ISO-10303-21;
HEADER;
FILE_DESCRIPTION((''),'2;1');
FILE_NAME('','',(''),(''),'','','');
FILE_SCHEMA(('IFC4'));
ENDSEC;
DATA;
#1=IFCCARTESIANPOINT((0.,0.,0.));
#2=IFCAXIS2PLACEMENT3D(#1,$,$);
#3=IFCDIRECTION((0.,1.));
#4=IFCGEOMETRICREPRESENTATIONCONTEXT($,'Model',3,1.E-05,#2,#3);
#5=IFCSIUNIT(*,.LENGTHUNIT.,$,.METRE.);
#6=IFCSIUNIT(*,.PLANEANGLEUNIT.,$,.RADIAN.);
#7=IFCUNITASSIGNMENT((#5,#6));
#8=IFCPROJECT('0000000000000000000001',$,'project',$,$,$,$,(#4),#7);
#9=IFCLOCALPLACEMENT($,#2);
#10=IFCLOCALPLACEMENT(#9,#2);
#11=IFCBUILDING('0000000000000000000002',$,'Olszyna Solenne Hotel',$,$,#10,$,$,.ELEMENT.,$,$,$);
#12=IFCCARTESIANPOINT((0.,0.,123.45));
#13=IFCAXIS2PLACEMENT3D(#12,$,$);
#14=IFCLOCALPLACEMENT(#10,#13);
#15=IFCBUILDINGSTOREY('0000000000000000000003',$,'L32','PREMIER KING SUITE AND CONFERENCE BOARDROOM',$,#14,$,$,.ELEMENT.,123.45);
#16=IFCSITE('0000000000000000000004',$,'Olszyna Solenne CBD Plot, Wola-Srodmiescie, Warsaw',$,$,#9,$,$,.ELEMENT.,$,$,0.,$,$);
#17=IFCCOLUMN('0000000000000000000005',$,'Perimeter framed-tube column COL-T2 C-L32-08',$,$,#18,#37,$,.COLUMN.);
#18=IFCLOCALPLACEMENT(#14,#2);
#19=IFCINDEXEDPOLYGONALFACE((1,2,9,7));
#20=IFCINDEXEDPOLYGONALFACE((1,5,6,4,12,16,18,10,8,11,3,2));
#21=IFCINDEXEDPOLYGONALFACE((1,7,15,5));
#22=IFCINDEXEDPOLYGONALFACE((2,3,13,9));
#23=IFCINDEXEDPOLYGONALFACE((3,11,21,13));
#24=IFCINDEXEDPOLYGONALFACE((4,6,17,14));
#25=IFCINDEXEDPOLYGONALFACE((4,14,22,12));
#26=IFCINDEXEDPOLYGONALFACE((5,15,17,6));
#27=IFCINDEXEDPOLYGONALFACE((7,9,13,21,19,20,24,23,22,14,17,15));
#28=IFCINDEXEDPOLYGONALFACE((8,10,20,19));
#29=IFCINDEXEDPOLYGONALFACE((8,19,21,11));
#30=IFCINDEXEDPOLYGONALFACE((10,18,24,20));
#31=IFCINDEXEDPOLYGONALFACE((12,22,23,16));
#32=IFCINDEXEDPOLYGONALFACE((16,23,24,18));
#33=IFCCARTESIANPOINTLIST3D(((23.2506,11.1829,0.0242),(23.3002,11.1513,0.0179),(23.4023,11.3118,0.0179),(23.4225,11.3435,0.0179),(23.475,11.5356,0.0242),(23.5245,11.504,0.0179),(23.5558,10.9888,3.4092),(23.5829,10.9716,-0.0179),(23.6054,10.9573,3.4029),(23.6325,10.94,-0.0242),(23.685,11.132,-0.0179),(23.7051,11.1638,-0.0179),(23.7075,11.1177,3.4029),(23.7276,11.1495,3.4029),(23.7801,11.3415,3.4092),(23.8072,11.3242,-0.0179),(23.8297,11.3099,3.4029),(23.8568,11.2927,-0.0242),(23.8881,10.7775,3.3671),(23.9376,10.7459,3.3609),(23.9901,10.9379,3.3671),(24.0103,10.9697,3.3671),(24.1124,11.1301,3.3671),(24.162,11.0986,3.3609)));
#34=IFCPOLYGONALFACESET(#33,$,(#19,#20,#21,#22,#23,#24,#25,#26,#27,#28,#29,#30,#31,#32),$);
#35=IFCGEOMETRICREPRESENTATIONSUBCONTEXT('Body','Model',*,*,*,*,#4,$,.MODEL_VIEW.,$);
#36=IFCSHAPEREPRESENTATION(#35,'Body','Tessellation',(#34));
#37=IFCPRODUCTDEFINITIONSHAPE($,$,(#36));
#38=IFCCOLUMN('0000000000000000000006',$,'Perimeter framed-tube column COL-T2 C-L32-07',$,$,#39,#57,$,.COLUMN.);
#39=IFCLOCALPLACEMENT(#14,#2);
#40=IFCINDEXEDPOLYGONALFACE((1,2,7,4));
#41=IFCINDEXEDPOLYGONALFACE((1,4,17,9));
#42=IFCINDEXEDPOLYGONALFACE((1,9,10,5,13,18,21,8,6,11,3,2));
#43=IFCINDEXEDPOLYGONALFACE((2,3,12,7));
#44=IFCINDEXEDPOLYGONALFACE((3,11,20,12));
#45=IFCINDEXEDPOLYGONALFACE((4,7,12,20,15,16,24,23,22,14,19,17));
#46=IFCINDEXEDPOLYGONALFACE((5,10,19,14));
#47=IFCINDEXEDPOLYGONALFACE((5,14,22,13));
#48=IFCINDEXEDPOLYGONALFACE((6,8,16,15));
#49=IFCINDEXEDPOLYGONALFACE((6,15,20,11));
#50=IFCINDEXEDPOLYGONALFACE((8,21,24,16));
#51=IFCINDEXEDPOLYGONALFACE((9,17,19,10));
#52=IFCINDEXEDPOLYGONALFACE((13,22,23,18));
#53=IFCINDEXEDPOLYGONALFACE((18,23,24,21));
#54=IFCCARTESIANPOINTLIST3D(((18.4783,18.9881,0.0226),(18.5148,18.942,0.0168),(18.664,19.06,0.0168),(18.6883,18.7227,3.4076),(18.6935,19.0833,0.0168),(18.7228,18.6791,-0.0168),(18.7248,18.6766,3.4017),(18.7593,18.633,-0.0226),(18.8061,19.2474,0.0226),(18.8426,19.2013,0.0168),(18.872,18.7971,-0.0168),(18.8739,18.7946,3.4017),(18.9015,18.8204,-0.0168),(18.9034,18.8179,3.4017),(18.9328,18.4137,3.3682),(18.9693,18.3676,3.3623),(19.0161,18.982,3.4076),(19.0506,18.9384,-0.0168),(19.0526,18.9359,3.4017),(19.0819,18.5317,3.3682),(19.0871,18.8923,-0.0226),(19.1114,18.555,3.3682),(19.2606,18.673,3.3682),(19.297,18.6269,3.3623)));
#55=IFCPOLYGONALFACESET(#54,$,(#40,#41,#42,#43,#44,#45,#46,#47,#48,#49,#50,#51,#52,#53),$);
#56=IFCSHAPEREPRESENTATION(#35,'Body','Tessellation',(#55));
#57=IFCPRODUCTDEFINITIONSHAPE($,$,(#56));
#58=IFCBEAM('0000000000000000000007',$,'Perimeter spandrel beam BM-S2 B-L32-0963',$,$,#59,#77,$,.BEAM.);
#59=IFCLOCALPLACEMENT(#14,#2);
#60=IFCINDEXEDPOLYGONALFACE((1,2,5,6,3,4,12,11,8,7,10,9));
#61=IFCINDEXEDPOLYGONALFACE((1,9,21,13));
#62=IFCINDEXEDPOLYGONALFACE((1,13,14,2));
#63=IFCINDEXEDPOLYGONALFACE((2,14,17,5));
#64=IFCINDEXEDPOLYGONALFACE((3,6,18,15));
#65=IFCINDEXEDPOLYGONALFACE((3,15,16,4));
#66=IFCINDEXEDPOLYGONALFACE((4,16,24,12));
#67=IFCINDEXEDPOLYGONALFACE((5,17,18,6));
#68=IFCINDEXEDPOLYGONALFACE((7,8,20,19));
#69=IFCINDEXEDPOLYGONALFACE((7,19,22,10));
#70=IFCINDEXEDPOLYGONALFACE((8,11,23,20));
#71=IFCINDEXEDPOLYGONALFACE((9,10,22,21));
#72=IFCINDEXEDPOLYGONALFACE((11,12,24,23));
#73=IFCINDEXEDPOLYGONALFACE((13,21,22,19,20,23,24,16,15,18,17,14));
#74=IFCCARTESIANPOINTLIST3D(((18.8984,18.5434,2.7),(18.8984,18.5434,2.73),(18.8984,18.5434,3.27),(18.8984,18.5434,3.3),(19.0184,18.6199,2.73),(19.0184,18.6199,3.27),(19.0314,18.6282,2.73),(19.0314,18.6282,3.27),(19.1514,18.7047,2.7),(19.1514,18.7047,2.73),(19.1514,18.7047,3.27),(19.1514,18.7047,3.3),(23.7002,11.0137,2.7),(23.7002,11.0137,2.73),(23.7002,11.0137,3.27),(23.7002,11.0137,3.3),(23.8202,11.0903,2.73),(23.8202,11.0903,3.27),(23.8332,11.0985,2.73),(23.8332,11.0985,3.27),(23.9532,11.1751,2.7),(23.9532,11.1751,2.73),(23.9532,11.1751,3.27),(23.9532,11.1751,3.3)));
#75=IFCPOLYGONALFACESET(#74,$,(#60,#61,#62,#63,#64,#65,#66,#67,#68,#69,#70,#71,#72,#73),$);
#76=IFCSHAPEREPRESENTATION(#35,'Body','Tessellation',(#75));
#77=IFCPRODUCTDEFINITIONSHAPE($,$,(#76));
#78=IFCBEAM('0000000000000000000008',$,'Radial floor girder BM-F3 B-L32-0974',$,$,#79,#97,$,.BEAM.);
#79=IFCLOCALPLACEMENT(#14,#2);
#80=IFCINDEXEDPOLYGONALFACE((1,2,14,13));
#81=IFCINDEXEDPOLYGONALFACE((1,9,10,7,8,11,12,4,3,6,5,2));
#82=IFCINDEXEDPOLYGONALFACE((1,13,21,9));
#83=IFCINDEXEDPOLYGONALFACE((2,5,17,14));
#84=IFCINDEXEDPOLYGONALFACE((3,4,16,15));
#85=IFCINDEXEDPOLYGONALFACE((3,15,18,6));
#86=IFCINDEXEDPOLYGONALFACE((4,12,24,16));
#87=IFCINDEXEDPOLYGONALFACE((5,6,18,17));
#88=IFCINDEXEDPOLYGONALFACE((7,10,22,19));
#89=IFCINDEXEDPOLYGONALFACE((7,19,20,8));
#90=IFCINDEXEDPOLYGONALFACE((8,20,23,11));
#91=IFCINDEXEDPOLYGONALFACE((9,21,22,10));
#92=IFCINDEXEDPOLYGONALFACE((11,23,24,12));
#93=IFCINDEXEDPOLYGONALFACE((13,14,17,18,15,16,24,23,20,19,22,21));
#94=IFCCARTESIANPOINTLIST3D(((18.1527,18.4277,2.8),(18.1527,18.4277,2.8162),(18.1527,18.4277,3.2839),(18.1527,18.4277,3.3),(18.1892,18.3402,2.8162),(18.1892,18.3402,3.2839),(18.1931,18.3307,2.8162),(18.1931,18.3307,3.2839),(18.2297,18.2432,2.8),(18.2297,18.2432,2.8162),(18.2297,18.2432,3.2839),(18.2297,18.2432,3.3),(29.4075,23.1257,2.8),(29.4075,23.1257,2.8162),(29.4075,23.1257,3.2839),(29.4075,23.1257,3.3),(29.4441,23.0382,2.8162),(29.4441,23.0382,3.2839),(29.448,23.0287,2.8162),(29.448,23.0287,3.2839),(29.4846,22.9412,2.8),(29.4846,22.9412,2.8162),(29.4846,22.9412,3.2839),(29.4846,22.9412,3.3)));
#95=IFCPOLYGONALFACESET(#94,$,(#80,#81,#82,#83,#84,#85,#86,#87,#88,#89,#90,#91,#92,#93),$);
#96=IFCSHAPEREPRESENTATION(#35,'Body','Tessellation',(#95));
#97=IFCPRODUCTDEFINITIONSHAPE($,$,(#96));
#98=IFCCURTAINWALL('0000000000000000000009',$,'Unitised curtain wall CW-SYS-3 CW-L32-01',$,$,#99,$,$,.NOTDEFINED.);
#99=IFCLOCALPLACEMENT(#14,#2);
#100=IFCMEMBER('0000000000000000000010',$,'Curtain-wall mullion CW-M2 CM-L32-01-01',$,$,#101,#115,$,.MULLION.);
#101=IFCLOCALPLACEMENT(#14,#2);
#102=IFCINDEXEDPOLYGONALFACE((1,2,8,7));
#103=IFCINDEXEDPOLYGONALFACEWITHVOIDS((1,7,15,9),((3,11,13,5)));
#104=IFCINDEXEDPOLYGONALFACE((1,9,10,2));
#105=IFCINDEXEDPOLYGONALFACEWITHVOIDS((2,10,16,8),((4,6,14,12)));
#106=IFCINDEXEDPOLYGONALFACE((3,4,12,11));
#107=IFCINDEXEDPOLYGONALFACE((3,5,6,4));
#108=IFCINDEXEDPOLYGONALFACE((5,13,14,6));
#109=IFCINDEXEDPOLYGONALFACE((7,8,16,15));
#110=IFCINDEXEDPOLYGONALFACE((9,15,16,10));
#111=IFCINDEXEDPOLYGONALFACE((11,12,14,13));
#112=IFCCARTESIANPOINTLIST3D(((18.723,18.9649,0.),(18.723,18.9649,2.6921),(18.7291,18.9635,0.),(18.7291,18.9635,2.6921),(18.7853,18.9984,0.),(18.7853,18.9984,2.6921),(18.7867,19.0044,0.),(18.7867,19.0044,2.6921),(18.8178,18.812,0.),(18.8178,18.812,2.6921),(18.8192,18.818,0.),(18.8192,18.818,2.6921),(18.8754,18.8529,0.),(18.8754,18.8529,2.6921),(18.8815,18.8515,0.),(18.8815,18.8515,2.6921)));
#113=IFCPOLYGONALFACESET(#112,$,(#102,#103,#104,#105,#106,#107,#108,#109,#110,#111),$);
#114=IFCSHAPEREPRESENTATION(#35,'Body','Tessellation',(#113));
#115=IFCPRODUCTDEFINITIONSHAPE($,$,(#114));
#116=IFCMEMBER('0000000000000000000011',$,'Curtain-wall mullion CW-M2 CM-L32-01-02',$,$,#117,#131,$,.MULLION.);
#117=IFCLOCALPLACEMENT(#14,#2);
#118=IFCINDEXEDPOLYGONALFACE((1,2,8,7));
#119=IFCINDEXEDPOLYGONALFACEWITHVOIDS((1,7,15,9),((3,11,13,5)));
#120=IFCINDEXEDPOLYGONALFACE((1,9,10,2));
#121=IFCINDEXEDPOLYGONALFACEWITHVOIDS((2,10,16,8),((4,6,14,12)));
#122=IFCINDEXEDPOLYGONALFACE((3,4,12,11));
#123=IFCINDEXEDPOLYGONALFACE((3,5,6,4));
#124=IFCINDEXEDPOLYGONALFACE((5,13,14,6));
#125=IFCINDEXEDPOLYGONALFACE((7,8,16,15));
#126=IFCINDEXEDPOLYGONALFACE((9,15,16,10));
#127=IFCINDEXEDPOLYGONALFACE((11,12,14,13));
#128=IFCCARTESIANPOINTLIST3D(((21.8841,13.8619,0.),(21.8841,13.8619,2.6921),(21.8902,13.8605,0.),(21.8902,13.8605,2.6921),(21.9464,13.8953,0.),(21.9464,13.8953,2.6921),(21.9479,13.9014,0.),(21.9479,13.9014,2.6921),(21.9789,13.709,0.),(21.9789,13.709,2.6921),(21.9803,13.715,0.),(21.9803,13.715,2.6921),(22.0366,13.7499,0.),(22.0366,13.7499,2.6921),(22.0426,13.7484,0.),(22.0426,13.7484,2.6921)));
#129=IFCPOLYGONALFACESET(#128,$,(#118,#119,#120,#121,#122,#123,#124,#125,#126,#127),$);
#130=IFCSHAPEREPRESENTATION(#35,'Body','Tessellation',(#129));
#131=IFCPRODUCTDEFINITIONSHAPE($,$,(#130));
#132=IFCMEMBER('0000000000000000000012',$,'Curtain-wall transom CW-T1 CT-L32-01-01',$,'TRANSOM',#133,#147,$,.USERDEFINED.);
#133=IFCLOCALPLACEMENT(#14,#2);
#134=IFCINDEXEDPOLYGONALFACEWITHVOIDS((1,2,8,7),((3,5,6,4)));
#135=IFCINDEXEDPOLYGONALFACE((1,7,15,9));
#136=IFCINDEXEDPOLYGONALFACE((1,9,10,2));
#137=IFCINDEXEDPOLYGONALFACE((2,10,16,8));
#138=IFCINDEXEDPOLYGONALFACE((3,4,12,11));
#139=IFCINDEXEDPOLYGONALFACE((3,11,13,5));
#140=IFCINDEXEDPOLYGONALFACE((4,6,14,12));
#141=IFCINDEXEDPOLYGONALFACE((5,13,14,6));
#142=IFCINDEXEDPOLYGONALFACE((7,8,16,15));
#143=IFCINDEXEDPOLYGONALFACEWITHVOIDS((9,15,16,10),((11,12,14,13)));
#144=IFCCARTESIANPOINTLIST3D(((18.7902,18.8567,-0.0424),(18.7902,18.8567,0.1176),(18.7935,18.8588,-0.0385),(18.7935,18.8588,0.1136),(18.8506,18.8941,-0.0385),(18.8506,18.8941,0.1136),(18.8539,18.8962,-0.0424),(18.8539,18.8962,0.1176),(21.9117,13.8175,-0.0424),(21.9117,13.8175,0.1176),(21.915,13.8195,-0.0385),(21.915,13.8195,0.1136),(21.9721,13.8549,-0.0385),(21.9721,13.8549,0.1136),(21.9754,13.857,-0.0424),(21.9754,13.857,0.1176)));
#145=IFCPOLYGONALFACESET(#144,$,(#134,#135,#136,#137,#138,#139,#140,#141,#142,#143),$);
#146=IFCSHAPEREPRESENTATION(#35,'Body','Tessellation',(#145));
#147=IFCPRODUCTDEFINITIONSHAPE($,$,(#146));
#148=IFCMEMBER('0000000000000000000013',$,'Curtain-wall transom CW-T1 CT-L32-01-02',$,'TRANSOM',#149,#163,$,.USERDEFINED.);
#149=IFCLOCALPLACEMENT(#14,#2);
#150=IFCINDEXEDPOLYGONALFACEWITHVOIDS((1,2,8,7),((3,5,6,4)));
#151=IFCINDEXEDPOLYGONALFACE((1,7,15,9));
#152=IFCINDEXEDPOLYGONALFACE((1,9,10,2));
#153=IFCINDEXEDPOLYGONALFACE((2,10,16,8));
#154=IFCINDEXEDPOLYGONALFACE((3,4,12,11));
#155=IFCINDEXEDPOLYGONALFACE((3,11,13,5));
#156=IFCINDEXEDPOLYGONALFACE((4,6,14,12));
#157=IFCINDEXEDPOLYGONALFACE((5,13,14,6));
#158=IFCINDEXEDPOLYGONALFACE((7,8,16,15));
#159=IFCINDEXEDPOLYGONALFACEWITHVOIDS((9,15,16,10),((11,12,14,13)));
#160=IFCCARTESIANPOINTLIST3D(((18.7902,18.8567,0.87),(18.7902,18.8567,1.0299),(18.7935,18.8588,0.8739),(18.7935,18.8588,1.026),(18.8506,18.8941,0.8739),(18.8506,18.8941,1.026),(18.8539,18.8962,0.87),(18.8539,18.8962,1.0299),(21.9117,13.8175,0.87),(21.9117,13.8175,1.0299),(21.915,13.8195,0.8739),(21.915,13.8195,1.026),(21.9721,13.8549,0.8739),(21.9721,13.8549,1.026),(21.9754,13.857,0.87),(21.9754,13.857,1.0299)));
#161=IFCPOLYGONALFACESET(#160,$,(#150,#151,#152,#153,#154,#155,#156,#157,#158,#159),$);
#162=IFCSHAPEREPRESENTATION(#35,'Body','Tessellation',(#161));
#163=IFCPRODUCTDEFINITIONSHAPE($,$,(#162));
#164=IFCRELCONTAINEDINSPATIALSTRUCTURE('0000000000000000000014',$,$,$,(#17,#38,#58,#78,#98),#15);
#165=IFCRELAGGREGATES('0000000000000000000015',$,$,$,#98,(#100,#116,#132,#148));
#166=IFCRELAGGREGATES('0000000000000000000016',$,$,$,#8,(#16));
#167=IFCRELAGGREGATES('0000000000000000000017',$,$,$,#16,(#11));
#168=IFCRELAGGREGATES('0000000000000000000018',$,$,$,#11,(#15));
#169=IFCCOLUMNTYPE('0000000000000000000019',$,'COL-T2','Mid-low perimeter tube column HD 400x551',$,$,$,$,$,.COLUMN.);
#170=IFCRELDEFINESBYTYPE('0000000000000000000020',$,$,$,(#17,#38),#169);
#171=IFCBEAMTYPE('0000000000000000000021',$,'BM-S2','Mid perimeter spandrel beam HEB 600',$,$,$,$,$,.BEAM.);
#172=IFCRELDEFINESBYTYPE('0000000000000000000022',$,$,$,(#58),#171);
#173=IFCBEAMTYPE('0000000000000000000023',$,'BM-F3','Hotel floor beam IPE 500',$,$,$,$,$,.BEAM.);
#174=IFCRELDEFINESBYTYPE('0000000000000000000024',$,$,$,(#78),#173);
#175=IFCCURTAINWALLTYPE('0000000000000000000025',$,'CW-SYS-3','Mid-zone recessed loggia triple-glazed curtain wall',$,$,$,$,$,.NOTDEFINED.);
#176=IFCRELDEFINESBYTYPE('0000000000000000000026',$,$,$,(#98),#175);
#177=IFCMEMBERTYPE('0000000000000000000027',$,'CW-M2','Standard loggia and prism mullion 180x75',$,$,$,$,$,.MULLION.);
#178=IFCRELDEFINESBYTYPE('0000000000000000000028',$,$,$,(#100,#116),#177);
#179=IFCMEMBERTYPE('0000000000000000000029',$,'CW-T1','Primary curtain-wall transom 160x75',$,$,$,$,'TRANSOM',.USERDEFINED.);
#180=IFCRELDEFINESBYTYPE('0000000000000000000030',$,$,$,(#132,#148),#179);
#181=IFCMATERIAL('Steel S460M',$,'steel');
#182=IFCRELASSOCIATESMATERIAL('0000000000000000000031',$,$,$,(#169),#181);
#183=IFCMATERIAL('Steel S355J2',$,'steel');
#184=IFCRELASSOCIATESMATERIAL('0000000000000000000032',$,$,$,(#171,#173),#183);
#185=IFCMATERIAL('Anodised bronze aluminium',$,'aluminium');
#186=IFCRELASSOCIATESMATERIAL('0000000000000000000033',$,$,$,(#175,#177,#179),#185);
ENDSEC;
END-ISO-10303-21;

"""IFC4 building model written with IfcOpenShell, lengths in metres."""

from ifc_helpers import new_model, si_unit, direction, frame, origin, origin_2d, place, context, subcontext, project, spatial, hollow_rectangle, i_section, extrude, source, transform, mapped, material, material_profile, profile_set, type_object, element, aggregate, save


model = new_model("IFC4")

# Units and contexts
model_context = context("Model", 3, precision=1e-05, world=origin(), true_north=direction((0.0, 1.0)))
body_context = subcontext(model_context, "Body", "Model", "MODEL_VIEW")
ifc_project = project(units=[si_unit("LENGTHUNIT", "METRE"), si_unit("PLANEANGLEUNIT", "RADIAN")], contexts=[model_context])

# Site, building, storey
site_placement = place(None, origin())
site = spatial("IfcSite", under=ifc_project, at=site_placement, Name="Olszyna Solenne CBD Plot, Wola-Srodmiescie, Warsaw", CompositionType="ELEMENT", RefElevation=0.0)
building_placement = place(site_placement, origin())
building = spatial("IfcBuilding", under=site, at=building_placement, Name="Olszyna Solenne Hotel", CompositionType="ELEMENT")
storey_placement = place(building_placement, frame((0.0, 0.0, 123.45)))
storey = spatial("IfcBuildingStorey", under=building, at=storey_placement, Name="L32", Description="PREMIER KING SUITE AND CONFERENCE BOARDROOM", CompositionType="ELEMENT", Elevation=123.45)

# Columns
ifc_material_1 = material(Name="Steel S460M", Category="steel")
ifc_material_profile_1 = material_profile(ifc_material_1, i_section(OverallWidth=0.418, OverallDepth=0.4551, WebThickness=0.0376, FlangeThickness=0.0591, at=origin_2d()), Name="HD 400x551", Category="load-bearing")
ifc_profile_set_1 = profile_set([ifc_material_profile_1], Name="Steel S460M")
column_type = type_object("IfcColumnType", Name="COL-T2", Description="Mid-low perimeter tube column HD 400x551", PredefinedType="COLUMN", material=ifc_profile_set_1)
shared_shape_1 = source(origin(), body_context, "Body", "SweptSolid", [
    extrude(i_section(OverallWidth=0.418, OverallDepth=0.4551, WebThickness=0.0376, FlangeThickness=0.0591, at=origin_2d()), origin(), (0.0, 0.0, 1.0), 3.4043),
])
column_1_placement = place(storey_placement, frame((23.5537, 11.2378, 0.0), z_axis=(0.089645, -0.057014, 0.994341), x_axis=(0.536657, 0.8438, 0.0)))
element("IfcColumn", 1, at=column_1_placement, inside=storey, type_object=column_type, Name="Perimeter framed-tube column COL-T2 C-L32-08", PredefinedType="COLUMN", context=body_context, shape_type="MappedRepresentation", body=[
    mapped(shared_shape_1, transform((0.0, 0.0, 0.0), x_axis=(1.0, 0.0, 0.0), y_axis=(0.0, 1.0, 0.0), z_axis=(0.0, 0.0, 1.0), scale=1.0)),
])
shared_shape_2 = source(origin(), body_context, "Body", "SweptSolid", [
    extrude(i_section(OverallWidth=0.418, OverallDepth=0.4551, WebThickness=0.0376, FlangeThickness=0.0591, at=origin_2d()), origin(), (0.0, 0.0, 1.0), 3.4019),
])
column_2_placement = place(storey_placement, frame((18.7827, 18.9402, 0.0), z_axis=(0.061719, -0.07801, 0.99504), x_axis=(0.784236, 0.620463, 0.0)))
element("IfcColumn", 2, at=column_2_placement, inside=storey, type_object=column_type, Name="Perimeter framed-tube column COL-T2 C-L32-07", PredefinedType="COLUMN", context=body_context, shape_type="MappedRepresentation", body=[
    mapped(shared_shape_2, transform((0.0, 0.0, 0.0), x_axis=(1.0, 0.0, 0.0), y_axis=(0.0, 1.0, 0.0), z_axis=(0.0, 0.0, 1.0), scale=1.0)),
])

# Beams
ifc_material_2 = material(Name="Steel S355J2", Category="steel")
ifc_material_profile_2 = material_profile(ifc_material_2, i_section(OverallWidth=0.3, OverallDepth=0.6001, WebThickness=0.0154, FlangeThickness=0.03, at=origin_2d()), Name="HEB 600", Category="load-bearing")
ifc_profile_set_2 = profile_set([ifc_material_profile_2], Name="Steel S355J2")
beam_type_1 = type_object("IfcBeamType", Name="BM-S2", Description="Mid perimeter spandrel beam HEB 600", PredefinedType="BEAM", material=ifc_profile_set_2)
shared_shape_3 = source(origin(), body_context, "Body", "SweptSolid", [
    extrude(i_section(OverallWidth=0.3, OverallDepth=0.6001, WebThickness=0.0154, FlangeThickness=0.03, at=origin_2d()), origin(), (0.0, 0.0, 1.0), 8.9304),
])
beam_1_placement = place(storey_placement, frame((19.0249, 18.624, 3.0), z_axis=(0.537691, -0.843142, 0.0), x_axis=(0.843142, 0.537691, 0.0)))
element("IfcBeam", 3, at=beam_1_placement, inside=storey, type_object=beam_type_1, Name="Perimeter spandrel beam BM-S2 B-L32-0963", PredefinedType="BEAM", context=body_context, shape_type="MappedRepresentation", body=[
    mapped(shared_shape_3, transform((0.0, 0.0, 0.0), x_axis=(1.0, 0.0, 0.0), y_axis=(0.0, 1.0, 0.0), z_axis=(0.0, 0.0, 1.0), scale=1.0)),
])
ifc_material_profile_3 = material_profile(ifc_material_2, i_section(OverallWidth=0.2, OverallDepth=0.5, WebThickness=0.0103, FlangeThickness=0.0161, at=origin_2d()), Name="IPE 500", Category="load-bearing")
ifc_profile_set_3 = profile_set([ifc_material_profile_3], Name="Steel S355J2")
beam_type_2 = type_object("IfcBeamType", Name="BM-F3", Description="Hotel floor beam IPE 500", PredefinedType="BEAM", material=ifc_profile_set_3)
shared_shape_4 = source(origin(), body_context, "Body", "SweptSolid", [
    extrude(i_section(OverallWidth=0.2, OverallDepth=0.5, WebThickness=0.0103, FlangeThickness=0.0161, at=origin_2d()), origin(), (0.0, 0.0, 1.0), 12.196),
])
beam_2_placement = place(storey_placement, frame((18.1912, 18.3354, 3.05), z_axis=(0.92283, 0.385207, 0.0), x_axis=(-0.385207, 0.92283, 0.0)))
element("IfcBeam", 4, at=beam_2_placement, inside=storey, type_object=beam_type_2, Name="Radial floor girder BM-F3 B-L32-0974", PredefinedType="BEAM", context=body_context, shape_type="MappedRepresentation", body=[
    mapped(shared_shape_4, transform((0.0, 0.0, 0.0), x_axis=(1.0, 0.0, 0.0), y_axis=(0.0, 1.0, 0.0), z_axis=(0.0, 0.0, 1.0), scale=1.0)),
])

# Curtain wall, members
ifc_material_3 = material(Name="Anodised bronze aluminium", Category="aluminium")
curtain_wall_type = type_object("IfcCurtainWallType", Name="CW-SYS-3", Description="Mid-zone recessed loggia triple-glazed curtain wall", PredefinedType="NOTDEFINED", material=ifc_material_3)
curtain_wall_placement = place(storey_placement, origin())
curtain_wall = element("IfcCurtainWall", 5, at=curtain_wall_placement, inside=storey, type_object=curtain_wall_type, Name="Unitised curtain wall CW-SYS-3 CW-L32-01", PredefinedType="NOTDEFINED")
ifc_material_profile_4 = material_profile(ifc_material_3, hollow_rectangle(XDim=0.075, YDim=0.1799, WallThickness=0.0044, at=origin_2d()), Name="MULL 180x75x4.5", Category="load-bearing")
ifc_profile_set_4 = profile_set([ifc_material_profile_4], Name="Anodised bronze aluminium")
member_type_1 = type_object("IfcMemberType", Name="CW-M2", Description="Standard loggia and prism mullion 180x75", PredefinedType="MULLION", material=ifc_profile_set_4)
shared_shape_5 = source(origin(), body_context, "Body", "SweptSolid", [
    extrude(hollow_rectangle(XDim=0.075, YDim=0.1799, WallThickness=0.0044, at=origin_2d()), origin(), (0.0, 0.0, 1.0), 2.6921),
])
member_1_placement = place(storey_placement, frame((18.8022, 18.9082, 0.0), z_axis=(0.0, 0.0, 1.0), x_axis=(0.850112, 0.526602, 0.0)))
member_1 = element("IfcMember", 6, at=member_1_placement, type_object=member_type_1, Name="Curtain-wall mullion CW-M2 CM-L32-01-01", PredefinedType="MULLION", context=body_context, shape_type="MappedRepresentation", body=[
    mapped(shared_shape_5, transform((0.0, 0.0, 0.0), x_axis=(1.0, 0.0, 0.0), y_axis=(0.0, 1.0, 0.0), z_axis=(0.0, 0.0, 1.0), scale=1.0)),
])
member_2_placement = place(storey_placement, frame((21.9634, 13.8052, 0.0), z_axis=(0.0, 0.0, 1.0), x_axis=(0.850112, 0.526602, 0.0)))
member_2 = element("IfcMember", 7, at=member_2_placement, type_object=member_type_1, Name="Curtain-wall mullion CW-M2 CM-L32-01-02", PredefinedType="MULLION", context=body_context, shape_type="MappedRepresentation", body=[
    mapped(shared_shape_5, transform((0.0, 0.0, 0.0), x_axis=(1.0, 0.0, 0.0), y_axis=(0.0, 1.0, 0.0), z_axis=(0.0, 0.0, 1.0), scale=1.0)),
])
ifc_material_profile_5 = material_profile(ifc_material_3, hollow_rectangle(XDim=0.075, YDim=0.1599, WallThickness=0.0039, at=origin_2d()), Name="TRAN 160x75x4", Category="load-bearing")
ifc_profile_set_5 = profile_set([ifc_material_profile_5], Name="Anodised bronze aluminium")
member_type_2 = type_object("IfcMemberType", Name="CW-T1", Description="Primary curtain-wall transom 160x75", ElementType="TRANSOM", PredefinedType="USERDEFINED", material=ifc_profile_set_5)
shared_shape_6 = source(origin(), body_context, "Body", "SweptSolid", [
    extrude(hollow_rectangle(XDim=0.075, YDim=0.1599, WallThickness=0.0039, at=origin_2d()), origin(), (0.0, 0.0, 1.0), 5.9277),
])
member_3_placement = place(storey_placement, frame((18.822, 18.8765, 0.0376), z_axis=(0.5266, -0.850113, 0.0), x_axis=(0.850113, 0.5266, 0.0)))
member_3 = element("IfcMember", 8, at=member_3_placement, type_object=member_type_2, Name="Curtain-wall transom CW-T1 CT-L32-01-01", ObjectType="TRANSOM", PredefinedType="USERDEFINED", context=body_context, shape_type="MappedRepresentation", body=[
    mapped(shared_shape_6, transform((0.0, 0.0, 0.0), x_axis=(1.0, 0.0, 0.0), y_axis=(0.0, 1.0, 0.0), z_axis=(0.0, 0.0, 1.0), scale=1.0)),
])
member_4_placement = place(storey_placement, frame((18.822, 18.8765, 0.95), z_axis=(0.5266, -0.850113, 0.0), x_axis=(0.850113, 0.5266, 0.0)))
member_4 = element("IfcMember", 9, at=member_4_placement, type_object=member_type_2, Name="Curtain-wall transom CW-T1 CT-L32-01-02", ObjectType="TRANSOM", PredefinedType="USERDEFINED", context=body_context, shape_type="MappedRepresentation", body=[
    mapped(shared_shape_6, transform((0.0, 0.0, 0.0), x_axis=(1.0, 0.0, 0.0), y_axis=(0.0, 1.0, 0.0), z_axis=(0.0, 0.0, 1.0), scale=1.0)),
])

aggregate(curtain_wall, [member_1, member_2, member_3, member_4])

save(model, "model.ifc")
